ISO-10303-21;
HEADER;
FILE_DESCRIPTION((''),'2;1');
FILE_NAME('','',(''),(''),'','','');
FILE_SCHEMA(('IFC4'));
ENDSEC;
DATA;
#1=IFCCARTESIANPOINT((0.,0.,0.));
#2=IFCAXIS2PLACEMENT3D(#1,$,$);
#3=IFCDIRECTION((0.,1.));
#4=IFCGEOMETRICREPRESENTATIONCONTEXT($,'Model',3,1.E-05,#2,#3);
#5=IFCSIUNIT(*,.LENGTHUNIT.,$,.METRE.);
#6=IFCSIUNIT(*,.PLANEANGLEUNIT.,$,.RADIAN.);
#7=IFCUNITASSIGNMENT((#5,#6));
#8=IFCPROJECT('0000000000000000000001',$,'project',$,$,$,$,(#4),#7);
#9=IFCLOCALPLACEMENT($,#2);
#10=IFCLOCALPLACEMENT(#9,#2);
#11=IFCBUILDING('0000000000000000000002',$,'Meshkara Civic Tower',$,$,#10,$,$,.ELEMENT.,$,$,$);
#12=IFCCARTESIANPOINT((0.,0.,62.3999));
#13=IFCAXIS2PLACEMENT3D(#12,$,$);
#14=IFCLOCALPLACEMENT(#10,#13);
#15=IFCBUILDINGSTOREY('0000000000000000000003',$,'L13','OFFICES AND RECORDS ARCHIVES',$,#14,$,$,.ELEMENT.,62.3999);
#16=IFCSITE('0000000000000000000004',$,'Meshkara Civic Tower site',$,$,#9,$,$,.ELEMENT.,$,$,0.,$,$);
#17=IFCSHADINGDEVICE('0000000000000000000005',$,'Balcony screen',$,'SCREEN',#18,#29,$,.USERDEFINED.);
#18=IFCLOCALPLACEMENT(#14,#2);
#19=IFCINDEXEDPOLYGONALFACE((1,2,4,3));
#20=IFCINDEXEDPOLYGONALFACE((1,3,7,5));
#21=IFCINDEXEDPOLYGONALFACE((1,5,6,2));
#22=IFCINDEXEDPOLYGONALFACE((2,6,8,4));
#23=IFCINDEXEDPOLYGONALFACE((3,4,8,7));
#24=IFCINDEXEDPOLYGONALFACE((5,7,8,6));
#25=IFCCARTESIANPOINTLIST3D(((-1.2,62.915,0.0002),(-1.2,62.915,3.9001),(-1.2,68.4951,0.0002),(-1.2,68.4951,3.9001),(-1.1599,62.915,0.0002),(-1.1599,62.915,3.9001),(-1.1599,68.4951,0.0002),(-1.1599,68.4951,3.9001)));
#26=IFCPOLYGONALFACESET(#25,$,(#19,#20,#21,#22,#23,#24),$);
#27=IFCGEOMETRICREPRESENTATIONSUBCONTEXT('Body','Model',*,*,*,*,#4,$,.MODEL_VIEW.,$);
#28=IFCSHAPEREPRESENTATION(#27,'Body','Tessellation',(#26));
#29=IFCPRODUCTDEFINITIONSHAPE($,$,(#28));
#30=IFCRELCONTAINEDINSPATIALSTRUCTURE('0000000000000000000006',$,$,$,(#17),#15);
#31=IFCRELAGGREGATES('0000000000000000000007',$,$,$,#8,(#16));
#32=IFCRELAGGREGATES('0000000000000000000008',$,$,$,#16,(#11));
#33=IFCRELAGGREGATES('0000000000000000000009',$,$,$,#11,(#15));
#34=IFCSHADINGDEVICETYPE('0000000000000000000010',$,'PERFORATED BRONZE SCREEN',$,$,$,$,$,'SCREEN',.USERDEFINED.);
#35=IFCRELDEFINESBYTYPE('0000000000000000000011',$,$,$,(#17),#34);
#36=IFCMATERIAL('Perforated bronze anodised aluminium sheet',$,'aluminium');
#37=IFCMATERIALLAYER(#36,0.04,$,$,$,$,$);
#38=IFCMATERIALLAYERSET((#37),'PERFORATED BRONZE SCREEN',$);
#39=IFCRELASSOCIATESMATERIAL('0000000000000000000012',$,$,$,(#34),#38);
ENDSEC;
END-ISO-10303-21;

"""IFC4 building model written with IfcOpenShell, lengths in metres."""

from ifc_helpers import new_model, si_unit, direction, frame, origin, origin_2d, place, context, subcontext, project, spatial, rectangle, extrude, material, layer, layer_set, type_object, element, save


model = new_model("IFC4")

# Units and contexts
model_context = context("Model", 3, precision=1e-05, world=origin(), true_north=direction((0.0, 1.0)))
body_context = subcontext(model_context, "Body", "Model", "MODEL_VIEW")
ifc_project = project(units=[si_unit("LENGTHUNIT", "METRE"), si_unit("PLANEANGLEUNIT", "RADIAN")], contexts=[model_context])

# Site, building, storey
site_placement = place(None, origin())
site = spatial("IfcSite", under=ifc_project, at=site_placement, Name="Meshkara Civic Tower site", CompositionType="ELEMENT", RefElevation=0.0)
building_placement = place(site_placement, origin())
building = spatial("IfcBuilding", under=site, at=building_placement, Name="Meshkara Civic Tower", CompositionType="ELEMENT")
storey_placement = place(building_placement, frame((0.0, 0.0, 62.3999)))
storey = spatial("IfcBuildingStorey", under=building, at=storey_placement, Name="L13", Description="OFFICES AND RECORDS ARCHIVES", CompositionType="ELEMENT", Elevation=62.3999)

# Shading device
ifc_material_1 = material(Name="Perforated bronze anodised aluminium sheet", Category="aluminium")
ifc_layer_1 = layer(ifc_material_1, 0.04)
ifc_layer_set_1 = layer_set([ifc_layer_1], Name="PERFORATED BRONZE SCREEN")
shading_device_type = type_object("IfcShadingDeviceType", Name="PERFORATED BRONZE SCREEN", ElementType="SCREEN", PredefinedType="USERDEFINED", material=ifc_layer_set_1)
shading_device_placement = place(storey_placement, frame((-1.1799, 65.7051, 0.0002), z_axis=(0.0, 0.0, 1.0), x_axis=(0.0, -1.0, 0.0)))
element("IfcShadingDevice", 1, at=shading_device_placement, inside=storey, type_object=shading_device_type, Name="Balcony screen", ObjectType="SCREEN", PredefinedType="USERDEFINED", context=body_context, shape_type="SweptSolid", body=[
    extrude(rectangle(XDim=5.5801, YDim=0.04, at=origin_2d()), origin(), (0.0, 0.0, 1.0), 3.8999),
])

save(model, "model.ifc")
